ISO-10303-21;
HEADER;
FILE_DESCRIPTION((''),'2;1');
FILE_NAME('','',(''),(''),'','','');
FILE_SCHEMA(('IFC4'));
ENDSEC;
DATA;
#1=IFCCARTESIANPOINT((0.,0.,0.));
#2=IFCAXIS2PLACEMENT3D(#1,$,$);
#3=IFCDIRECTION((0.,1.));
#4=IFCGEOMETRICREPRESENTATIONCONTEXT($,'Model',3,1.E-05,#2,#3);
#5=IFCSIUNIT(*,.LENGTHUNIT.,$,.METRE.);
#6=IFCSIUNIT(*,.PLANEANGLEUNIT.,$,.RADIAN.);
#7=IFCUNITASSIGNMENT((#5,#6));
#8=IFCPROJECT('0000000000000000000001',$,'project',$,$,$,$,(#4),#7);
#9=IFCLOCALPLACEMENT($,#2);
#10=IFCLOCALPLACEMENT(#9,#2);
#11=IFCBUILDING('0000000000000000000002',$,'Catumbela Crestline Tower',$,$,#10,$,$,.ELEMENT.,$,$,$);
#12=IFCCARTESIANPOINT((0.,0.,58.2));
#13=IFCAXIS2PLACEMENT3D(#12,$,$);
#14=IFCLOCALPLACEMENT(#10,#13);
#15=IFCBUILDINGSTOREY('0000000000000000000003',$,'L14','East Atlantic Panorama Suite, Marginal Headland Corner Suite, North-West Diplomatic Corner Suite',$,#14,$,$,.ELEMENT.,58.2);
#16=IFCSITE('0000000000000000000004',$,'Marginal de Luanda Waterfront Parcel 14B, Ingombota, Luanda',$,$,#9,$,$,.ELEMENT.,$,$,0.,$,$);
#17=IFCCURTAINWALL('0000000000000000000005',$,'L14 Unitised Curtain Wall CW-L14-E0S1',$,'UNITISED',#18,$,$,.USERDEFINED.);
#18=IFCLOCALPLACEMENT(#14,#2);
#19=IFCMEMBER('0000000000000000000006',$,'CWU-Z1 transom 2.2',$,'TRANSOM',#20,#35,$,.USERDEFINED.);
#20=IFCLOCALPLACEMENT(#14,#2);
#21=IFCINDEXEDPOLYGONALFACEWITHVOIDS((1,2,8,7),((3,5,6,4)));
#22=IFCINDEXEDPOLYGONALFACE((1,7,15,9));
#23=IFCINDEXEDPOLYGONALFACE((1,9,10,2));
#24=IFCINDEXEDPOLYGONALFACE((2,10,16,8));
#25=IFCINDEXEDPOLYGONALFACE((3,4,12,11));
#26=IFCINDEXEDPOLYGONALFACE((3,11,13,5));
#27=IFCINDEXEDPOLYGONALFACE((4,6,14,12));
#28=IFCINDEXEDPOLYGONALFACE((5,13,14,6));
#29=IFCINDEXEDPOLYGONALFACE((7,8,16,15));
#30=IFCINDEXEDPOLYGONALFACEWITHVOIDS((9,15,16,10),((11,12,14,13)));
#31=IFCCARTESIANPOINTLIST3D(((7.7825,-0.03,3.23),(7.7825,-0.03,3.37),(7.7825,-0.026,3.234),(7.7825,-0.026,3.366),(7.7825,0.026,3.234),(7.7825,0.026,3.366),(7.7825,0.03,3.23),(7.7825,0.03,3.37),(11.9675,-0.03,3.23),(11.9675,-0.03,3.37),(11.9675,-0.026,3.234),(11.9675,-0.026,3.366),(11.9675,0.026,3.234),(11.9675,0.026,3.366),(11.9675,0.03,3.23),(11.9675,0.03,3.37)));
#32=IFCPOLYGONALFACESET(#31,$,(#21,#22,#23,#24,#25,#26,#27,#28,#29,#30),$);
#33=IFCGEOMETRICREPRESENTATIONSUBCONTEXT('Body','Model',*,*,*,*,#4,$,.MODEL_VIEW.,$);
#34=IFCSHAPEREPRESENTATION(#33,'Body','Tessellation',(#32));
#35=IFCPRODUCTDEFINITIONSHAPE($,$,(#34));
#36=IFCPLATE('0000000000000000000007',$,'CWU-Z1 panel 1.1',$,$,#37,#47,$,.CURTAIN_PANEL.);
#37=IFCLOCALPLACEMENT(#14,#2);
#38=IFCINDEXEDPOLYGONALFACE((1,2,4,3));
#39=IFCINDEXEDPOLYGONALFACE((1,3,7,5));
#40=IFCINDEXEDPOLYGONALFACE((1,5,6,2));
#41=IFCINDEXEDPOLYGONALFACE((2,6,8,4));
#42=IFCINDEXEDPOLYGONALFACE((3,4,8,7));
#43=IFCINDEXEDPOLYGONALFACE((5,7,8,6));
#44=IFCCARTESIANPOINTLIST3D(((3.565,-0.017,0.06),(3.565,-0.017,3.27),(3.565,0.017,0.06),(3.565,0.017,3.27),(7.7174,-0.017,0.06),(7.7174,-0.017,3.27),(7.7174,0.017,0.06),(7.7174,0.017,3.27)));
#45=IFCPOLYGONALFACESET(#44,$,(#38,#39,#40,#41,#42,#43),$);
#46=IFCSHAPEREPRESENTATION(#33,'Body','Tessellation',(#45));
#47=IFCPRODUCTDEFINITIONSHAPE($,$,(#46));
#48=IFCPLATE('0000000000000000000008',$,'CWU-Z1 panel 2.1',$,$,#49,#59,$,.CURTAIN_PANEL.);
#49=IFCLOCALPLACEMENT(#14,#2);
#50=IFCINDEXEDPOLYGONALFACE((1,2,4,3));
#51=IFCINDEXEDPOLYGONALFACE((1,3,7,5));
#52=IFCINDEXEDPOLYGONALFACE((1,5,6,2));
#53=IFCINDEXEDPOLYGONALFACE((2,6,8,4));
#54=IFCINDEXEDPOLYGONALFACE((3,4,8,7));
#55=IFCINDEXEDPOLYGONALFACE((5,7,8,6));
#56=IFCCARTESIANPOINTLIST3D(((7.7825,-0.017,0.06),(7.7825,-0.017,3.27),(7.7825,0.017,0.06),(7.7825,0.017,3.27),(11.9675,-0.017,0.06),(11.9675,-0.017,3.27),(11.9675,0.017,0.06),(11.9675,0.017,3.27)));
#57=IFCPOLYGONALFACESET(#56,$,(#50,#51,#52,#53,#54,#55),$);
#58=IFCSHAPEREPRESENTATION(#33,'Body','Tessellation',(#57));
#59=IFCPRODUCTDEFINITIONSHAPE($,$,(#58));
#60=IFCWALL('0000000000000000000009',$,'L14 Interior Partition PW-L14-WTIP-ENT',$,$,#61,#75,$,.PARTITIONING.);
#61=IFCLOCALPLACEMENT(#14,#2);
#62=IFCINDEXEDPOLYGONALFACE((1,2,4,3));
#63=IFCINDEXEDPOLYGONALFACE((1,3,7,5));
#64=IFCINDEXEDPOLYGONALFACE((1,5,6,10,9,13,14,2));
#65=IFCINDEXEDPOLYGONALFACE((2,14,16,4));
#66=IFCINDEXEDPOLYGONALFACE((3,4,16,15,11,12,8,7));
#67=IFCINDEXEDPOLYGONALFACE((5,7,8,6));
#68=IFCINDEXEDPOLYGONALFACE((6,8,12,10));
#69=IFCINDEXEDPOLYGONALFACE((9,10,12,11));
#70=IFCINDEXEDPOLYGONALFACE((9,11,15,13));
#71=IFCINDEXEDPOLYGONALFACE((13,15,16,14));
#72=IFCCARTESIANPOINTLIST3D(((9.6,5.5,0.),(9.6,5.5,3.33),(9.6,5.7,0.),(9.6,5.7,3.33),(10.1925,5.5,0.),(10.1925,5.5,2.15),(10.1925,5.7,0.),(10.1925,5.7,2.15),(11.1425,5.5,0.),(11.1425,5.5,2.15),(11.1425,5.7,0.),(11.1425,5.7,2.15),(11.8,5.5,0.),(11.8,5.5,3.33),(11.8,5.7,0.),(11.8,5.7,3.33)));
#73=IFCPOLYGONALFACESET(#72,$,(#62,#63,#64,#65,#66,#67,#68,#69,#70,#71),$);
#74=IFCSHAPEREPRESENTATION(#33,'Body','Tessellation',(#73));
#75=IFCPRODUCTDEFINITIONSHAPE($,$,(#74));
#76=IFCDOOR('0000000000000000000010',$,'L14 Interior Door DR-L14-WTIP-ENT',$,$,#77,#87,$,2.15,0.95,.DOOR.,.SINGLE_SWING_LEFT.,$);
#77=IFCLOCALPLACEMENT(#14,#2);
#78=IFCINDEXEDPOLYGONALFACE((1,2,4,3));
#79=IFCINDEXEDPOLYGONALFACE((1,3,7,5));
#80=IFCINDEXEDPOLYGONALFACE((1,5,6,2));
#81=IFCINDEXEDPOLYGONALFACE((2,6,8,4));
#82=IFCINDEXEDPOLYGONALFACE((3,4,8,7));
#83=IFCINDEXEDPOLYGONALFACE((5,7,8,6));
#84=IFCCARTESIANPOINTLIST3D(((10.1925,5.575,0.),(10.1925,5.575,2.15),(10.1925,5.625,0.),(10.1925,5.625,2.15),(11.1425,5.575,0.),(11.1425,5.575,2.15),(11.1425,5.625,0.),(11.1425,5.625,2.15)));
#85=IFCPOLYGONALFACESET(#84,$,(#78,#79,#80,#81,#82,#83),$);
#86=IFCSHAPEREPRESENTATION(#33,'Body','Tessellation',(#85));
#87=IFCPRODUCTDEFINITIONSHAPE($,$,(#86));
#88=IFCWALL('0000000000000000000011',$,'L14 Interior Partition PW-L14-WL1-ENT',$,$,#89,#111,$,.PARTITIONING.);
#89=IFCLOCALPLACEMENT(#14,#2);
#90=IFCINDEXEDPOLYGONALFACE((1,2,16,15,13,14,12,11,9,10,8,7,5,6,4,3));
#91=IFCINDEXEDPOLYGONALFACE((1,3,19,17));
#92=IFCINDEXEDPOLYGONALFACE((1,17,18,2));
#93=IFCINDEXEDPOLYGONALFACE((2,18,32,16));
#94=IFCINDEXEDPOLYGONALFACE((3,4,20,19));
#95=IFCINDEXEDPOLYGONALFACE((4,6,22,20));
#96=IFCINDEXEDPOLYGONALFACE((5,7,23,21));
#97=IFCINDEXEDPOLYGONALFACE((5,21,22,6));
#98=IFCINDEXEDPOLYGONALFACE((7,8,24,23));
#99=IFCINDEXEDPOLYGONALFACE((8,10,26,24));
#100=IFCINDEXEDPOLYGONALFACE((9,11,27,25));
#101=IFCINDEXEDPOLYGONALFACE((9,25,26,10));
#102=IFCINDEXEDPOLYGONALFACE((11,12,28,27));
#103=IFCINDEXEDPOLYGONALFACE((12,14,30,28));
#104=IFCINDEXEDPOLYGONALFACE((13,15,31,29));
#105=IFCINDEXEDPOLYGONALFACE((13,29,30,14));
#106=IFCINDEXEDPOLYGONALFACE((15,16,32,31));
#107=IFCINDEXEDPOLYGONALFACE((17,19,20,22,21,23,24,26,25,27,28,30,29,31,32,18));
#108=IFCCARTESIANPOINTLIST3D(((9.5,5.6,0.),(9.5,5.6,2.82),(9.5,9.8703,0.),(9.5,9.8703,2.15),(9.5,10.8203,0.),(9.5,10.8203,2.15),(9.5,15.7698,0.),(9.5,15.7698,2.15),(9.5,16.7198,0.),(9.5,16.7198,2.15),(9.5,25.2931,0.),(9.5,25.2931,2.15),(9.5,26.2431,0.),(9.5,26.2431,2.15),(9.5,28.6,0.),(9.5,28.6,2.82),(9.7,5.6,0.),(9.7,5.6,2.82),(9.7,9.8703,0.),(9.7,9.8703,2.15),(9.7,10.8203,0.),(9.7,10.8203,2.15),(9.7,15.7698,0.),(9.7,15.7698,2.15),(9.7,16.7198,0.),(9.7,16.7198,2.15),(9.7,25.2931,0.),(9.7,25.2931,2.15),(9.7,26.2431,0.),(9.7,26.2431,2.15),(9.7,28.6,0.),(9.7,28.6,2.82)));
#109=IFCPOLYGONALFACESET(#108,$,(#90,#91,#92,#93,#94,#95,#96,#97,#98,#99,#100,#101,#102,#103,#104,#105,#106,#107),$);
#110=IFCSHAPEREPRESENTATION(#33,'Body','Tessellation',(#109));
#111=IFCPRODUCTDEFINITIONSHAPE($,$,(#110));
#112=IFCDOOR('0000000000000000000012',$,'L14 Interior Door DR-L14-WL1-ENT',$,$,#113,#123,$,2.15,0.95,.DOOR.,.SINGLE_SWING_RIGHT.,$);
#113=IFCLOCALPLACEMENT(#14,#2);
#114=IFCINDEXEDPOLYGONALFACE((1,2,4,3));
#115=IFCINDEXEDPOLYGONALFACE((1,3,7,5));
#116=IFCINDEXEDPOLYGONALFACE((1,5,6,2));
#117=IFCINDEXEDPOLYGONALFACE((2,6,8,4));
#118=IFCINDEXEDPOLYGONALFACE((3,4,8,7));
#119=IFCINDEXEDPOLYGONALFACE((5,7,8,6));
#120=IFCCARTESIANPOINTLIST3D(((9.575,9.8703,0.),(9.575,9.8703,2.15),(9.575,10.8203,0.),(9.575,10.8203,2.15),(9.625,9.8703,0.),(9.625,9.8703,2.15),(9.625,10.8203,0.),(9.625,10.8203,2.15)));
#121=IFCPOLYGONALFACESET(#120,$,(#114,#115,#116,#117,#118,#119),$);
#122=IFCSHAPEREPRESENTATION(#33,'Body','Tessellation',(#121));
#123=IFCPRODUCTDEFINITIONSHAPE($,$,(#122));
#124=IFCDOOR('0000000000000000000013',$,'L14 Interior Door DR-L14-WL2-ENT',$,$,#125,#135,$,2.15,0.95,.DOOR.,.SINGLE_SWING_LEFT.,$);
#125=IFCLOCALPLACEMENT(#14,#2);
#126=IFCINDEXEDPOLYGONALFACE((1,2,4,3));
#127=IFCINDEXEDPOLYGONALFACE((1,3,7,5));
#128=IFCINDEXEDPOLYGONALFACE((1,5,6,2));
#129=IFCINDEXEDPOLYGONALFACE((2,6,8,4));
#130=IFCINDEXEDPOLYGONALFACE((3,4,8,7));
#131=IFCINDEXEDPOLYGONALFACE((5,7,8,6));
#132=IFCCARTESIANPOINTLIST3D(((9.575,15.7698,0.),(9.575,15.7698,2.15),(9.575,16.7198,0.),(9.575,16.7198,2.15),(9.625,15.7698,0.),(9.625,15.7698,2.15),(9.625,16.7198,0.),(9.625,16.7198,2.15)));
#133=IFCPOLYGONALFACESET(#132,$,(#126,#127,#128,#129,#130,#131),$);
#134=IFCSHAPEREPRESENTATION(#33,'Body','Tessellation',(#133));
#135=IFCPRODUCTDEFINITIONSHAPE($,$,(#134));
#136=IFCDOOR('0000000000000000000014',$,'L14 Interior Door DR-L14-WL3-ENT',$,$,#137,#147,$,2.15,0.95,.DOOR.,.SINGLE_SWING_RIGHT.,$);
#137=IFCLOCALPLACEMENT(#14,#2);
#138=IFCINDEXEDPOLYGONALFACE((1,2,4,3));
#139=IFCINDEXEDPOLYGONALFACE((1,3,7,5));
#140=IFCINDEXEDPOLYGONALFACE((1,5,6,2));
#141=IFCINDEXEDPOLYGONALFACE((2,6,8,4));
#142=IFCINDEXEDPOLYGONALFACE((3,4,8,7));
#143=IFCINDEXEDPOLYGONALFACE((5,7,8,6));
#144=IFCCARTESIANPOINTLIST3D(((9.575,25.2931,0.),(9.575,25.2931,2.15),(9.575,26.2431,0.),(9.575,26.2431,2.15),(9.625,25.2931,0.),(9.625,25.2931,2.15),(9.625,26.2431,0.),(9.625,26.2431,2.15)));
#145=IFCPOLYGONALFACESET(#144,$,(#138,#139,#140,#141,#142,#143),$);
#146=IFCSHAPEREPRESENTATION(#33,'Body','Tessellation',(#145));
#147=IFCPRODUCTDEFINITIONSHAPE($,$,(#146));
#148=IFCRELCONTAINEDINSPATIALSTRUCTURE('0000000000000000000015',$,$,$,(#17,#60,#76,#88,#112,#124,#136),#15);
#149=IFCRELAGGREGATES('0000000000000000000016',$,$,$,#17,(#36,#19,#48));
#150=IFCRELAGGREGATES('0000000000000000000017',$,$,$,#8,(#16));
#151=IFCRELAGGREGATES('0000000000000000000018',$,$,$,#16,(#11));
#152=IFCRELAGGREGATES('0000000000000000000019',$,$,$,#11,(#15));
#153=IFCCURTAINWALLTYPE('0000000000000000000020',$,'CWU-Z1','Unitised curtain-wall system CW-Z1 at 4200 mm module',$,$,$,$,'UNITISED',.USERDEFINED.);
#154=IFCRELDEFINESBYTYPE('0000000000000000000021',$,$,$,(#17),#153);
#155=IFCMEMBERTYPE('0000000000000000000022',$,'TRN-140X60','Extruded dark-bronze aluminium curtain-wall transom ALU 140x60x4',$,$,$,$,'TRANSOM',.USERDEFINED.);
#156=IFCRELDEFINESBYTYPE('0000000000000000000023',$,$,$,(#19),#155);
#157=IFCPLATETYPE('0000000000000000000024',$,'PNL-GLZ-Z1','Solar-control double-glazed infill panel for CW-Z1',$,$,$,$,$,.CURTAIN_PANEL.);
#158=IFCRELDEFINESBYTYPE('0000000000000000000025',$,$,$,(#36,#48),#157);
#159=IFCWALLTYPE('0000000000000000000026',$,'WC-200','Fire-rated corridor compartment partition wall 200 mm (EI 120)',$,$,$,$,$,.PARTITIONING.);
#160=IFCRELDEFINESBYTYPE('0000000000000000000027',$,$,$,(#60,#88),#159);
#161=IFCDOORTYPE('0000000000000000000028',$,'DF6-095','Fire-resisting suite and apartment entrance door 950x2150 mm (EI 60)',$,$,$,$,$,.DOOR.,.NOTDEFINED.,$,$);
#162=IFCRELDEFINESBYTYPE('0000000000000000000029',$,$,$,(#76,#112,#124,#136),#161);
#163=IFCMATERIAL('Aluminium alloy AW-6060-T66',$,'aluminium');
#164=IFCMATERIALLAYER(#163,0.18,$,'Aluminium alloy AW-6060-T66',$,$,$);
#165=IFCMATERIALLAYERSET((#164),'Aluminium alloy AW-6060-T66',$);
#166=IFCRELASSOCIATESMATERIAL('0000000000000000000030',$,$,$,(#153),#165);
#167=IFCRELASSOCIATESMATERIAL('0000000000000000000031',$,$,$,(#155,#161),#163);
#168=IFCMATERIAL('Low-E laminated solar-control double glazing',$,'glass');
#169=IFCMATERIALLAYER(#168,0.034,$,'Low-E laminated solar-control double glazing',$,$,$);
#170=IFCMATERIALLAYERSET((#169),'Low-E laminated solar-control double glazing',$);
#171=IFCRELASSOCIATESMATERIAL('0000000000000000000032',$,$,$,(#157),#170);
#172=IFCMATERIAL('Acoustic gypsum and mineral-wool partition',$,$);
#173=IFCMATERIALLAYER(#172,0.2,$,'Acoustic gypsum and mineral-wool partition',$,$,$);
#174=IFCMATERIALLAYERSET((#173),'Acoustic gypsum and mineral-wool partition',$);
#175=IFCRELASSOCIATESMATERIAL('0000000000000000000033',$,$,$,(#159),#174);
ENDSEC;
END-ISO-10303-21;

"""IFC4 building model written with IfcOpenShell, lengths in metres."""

from ifc_helpers import new_model, si_unit, direction, frame, frame_2d, origin, origin_2d, place, context, subcontext, project, spatial, rectangle, hollow_rectangle, extrude, material, layer, layer_set, material_profile, profile_set, type_object, element, fill, aggregate, save


model = new_model("IFC4")

# Units and contexts
model_context = context("Model", 3, precision=1e-05, world=origin(), true_north=direction((0.0, 1.0)))
body_context = subcontext(model_context, "Body", "Model", "MODEL_VIEW")
ifc_project = project(units=[si_unit("LENGTHUNIT", "METRE"), si_unit("PLANEANGLEUNIT", "RADIAN")], contexts=[model_context])

# Site, building, storey
site_placement = place(None, origin())
site = spatial("IfcSite", under=ifc_project, at=site_placement, Name="Marginal de Luanda Waterfront Parcel 14B, Ingombota, Luanda", CompositionType="ELEMENT", RefElevation=0.0)
building_placement = place(site_placement, origin())
building = spatial("IfcBuilding", under=site, at=building_placement, Name="Catumbela Crestline Tower", CompositionType="ELEMENT")
storey_placement = place(building_placement, frame((0.0, 0.0, 58.2)))
storey = spatial("IfcBuildingStorey", under=building, at=storey_placement, Name="L14", Description="East Atlantic Panorama Suite, Marginal Headland Corner Suite, North-West Diplomatic Corner Suite", CompositionType="ELEMENT", Elevation=58.2)

# Curtain wall, member, plates
ifc_material_1 = material(Name="Aluminium alloy AW-6060-T66", Category="aluminium")
ifc_layer_1 = layer(ifc_material_1, 0.18, Name="Aluminium alloy AW-6060-T66")
ifc_layer_set_1 = layer_set([ifc_layer_1], Name="Aluminium alloy AW-6060-T66")
curtain_wall_type = type_object("IfcCurtainWallType", Name="CWU-Z1", Description="Unitised curtain-wall system CW-Z1 at 4200 mm module", ElementType="UNITISED", PredefinedType="USERDEFINED", material=ifc_layer_set_1)
curtain_wall_placement = place(storey_placement, origin())
curtain_wall = element("IfcCurtainWall", 1, at=curtain_wall_placement, inside=storey, type_object=curtain_wall_type, Name="L14 Unitised Curtain Wall CW-L14-E0S1", ObjectType="UNITISED", PredefinedType="USERDEFINED")
ifc_material_profile_1 = material_profile(ifc_material_1, hollow_rectangle(XDim=0.06, YDim=0.14, WallThickness=0.004, at=origin_2d()), Name="ALU 140x60x4")
ifc_profile_set_1 = profile_set([ifc_material_profile_1], Name="Aluminium alloy AW-6060-T66")
member_type_1 = type_object("IfcMemberType", Name="TRN-140X60", Description="Extruded dark-bronze aluminium curtain-wall transom ALU 140x60x4", ElementType="TRANSOM", PredefinedType="USERDEFINED", material=ifc_profile_set_1)
member_1_placement = place(storey_placement, frame((7.7825, 0.0, 3.3), z_axis=(1.0, 0.0, 0.0), x_axis=(0.0, 1.0, 0.0)))
member_1 = element("IfcMember", 2, at=member_1_placement, type_object=member_type_1, Name="CWU-Z1 transom 2.2", ObjectType="TRANSOM", PredefinedType="USERDEFINED", context=body_context, shape_type="SweptSolid", body=[
    extrude(hollow_rectangle(XDim=0.06, YDim=0.14, WallThickness=0.004, at=origin_2d()), origin(), (0.0, 0.0, 1.0), 4.185),
])
ifc_material_2 = material(Name="Low-E laminated solar-control double glazing", Category="glass")
ifc_layer_2 = layer(ifc_material_2, 0.034, Name="Low-E laminated solar-control double glazing")
ifc_layer_set_2 = layer_set([ifc_layer_2], Name="Low-E laminated solar-control double glazing")
plate_type = type_object("IfcPlateType", Name="PNL-GLZ-Z1", Description="Solar-control double-glazed infill panel for CW-Z1", PredefinedType="CURTAIN_PANEL", material=ifc_layer_set_2)
plate_1_placement = place(storey_placement, frame((5.6412, 0.0, 0.06), z_axis=(0.0, 0.0, 1.0), x_axis=(1.0, 0.0, 0.0)))
plate_1 = element("IfcPlate", 3, at=plate_1_placement, type_object=plate_type, Name="CWU-Z1 panel 1.1", PredefinedType="CURTAIN_PANEL", context=body_context, shape_type="SweptSolid", body=[
    extrude(rectangle(XDim=4.1525, YDim=0.034, at=origin_2d()), origin(), (0.0, 0.0, 1.0), 3.21),
])
plate_2_placement = place(storey_placement, frame((9.875, 0.0, 0.06), z_axis=(0.0, 0.0, 1.0), x_axis=(1.0, 0.0, 0.0)))
plate_2 = element("IfcPlate", 4, at=plate_2_placement, type_object=plate_type, Name="CWU-Z1 panel 2.1", PredefinedType="CURTAIN_PANEL", context=body_context, shape_type="SweptSolid", body=[
    extrude(rectangle(XDim=4.185, YDim=0.034, at=origin_2d()), origin(), (0.0, 0.0, 1.0), 3.21),
])
aggregate(curtain_wall, [plate_1, member_1, plate_2])

# Wall, opening, door
ifc_material_3 = material(Name="Acoustic gypsum and mineral-wool partition")
ifc_layer_3 = layer(ifc_material_3, 0.2, Name="Acoustic gypsum and mineral-wool partition")
ifc_layer_set_3 = layer_set([ifc_layer_3], Name="Acoustic gypsum and mineral-wool partition")
wall_type_1 = type_object("IfcWallType", Name="WC-200", Description="Fire-rated corridor compartment partition wall 200 mm (EI 120)", PredefinedType="PARTITIONING", material=ifc_layer_set_3)
wall_1_placement = place(storey_placement, frame((9.6, 5.6, 0.0), z_axis=(0.0, 0.0, 1.0), x_axis=(1.0, 0.0, 0.0)))
wall_1 = element("IfcWall", 5, at=wall_1_placement, inside=storey, type_object=wall_type_1, Name="L14 Interior Partition PW-L14-WTIP-ENT", PredefinedType="PARTITIONING", context=body_context, shape_type="SweptSolid", body=[
    extrude(rectangle(XDim=2.2, YDim=0.2, at=frame_2d((1.1, 0.0))), origin(), (0.0, 0.0, 1.0), 3.33),
])
opening_1_placement = place(wall_1_placement, frame((0.5925, 0.0, 0.0)))
opening_1 = element("IfcOpeningElement", 6, at=opening_1_placement, cuts=wall_1, PredefinedType="OPENING", context=body_context, shape_type="SweptSolid", body=[
    extrude(rectangle(XDim=0.95, YDim=2.15, at=frame_2d((0.475, 1.075))), frame((0.0, 0.11, 0.0), z_axis=(0.0, -1.0, 0.0), x_axis=(1.0, 0.0, 0.0)), (0.0, 0.0, 1.0), 0.22),
])
door_type = type_object("IfcDoorType", Name="DF6-095", Description="Fire-resisting suite and apartment entrance door 950x2150 mm (EI 60)", OperationType="NOTDEFINED", PredefinedType="DOOR", material=ifc_material_1)
door_1_placement = place(opening_1_placement, origin())
door_1 = element("IfcDoor", 7, at=door_1_placement, inside=storey, type_object=door_type, Name="L14 Interior Door DR-L14-WTIP-ENT", OperationType="SINGLE_SWING_LEFT", OverallHeight=2.15, OverallWidth=0.95, PredefinedType="DOOR", context=body_context, shape_type="SweptSolid", body=[
    extrude(rectangle(XDim=0.95, YDim=2.15, at=frame_2d((0.475, 1.075))), frame((0.0, 0.025, 0.0), z_axis=(0.0, -1.0, 0.0), x_axis=(1.0, 0.0, 0.0)), (0.0, 0.0, 1.0), 0.05),
])
fill(opening_1, door_1)

# Wall, openings, doors
wall_2_placement = place(storey_placement, frame((9.6, 5.6, 0.0), z_axis=(0.0, 0.0, 1.0), x_axis=(0.0, 1.0, 0.0)))
wall_2 = element("IfcWall", 8, at=wall_2_placement, inside=storey, type_object=wall_type_1, Name="L14 Interior Partition PW-L14-WL1-ENT", PredefinedType="PARTITIONING", context=body_context, shape_type="SweptSolid", body=[
    extrude(rectangle(XDim=23.0, YDim=0.2, at=frame_2d((11.5, 0.0))), origin(), (0.0, 0.0, 1.0), 2.82),
])
opening_2_placement = place(wall_2_placement, frame((4.2703, 0.0, 0.0)))
opening_2 = element("IfcOpeningElement", 9, at=opening_2_placement, cuts=wall_2, PredefinedType="OPENING", context=body_context, shape_type="SweptSolid", body=[
    extrude(rectangle(XDim=0.95, YDim=2.15, at=frame_2d((0.475, 1.075))), frame((0.0, 0.11, 0.0), z_axis=(0.0, -1.0, 0.0), x_axis=(1.0, 0.0, 0.0)), (0.0, 0.0, 1.0), 0.22),
])
opening_3_placement = place(wall_2_placement, frame((10.1698, 0.0, 0.0)))
opening_3 = element("IfcOpeningElement", 10, at=opening_3_placement, cuts=wall_2, PredefinedType="OPENING", context=body_context, shape_type="SweptSolid", body=[
    extrude(rectangle(XDim=0.95, YDim=2.15, at=frame_2d((0.475, 1.075))), frame((0.0, 0.11, 0.0), z_axis=(0.0, -1.0, 0.0), x_axis=(1.0, 0.0, 0.0)), (0.0, 0.0, 1.0), 0.22),
])
opening_4_placement = place(wall_2_placement, frame((19.6931, 0.0, 0.0)))
opening_4 = element("IfcOpeningElement", 11, at=opening_4_placement, cuts=wall_2, PredefinedType="OPENING", context=body_context, shape_type="SweptSolid", body=[
    extrude(rectangle(XDim=0.95, YDim=2.15, at=frame_2d((0.475, 1.075))), frame((0.0, 0.11, 0.0), z_axis=(0.0, -1.0, 0.0), x_axis=(1.0, 0.0, 0.0)), (0.0, 0.0, 1.0), 0.22),
])
door_2_placement = place(opening_2_placement, origin())
door_2 = element("IfcDoor", 12, at=door_2_placement, inside=storey, type_object=door_type, Name="L14 Interior Door DR-L14-WL1-ENT", OperationType="SINGLE_SWING_RIGHT", OverallHeight=2.15, OverallWidth=0.95, PredefinedType="DOOR", context=body_context, shape_type="SweptSolid", body=[
    extrude(rectangle(XDim=0.95, YDim=2.15, at=frame_2d((0.475, 1.075))), frame((0.0, 0.025, 0.0), z_axis=(0.0, -1.0, 0.0), x_axis=(1.0, 0.0, 0.0)), (0.0, 0.0, 1.0), 0.05),
])
fill(opening_2, door_2)
door_3_placement = place(opening_3_placement, origin())
door_3 = element("IfcDoor", 13, at=door_3_placement, inside=storey, type_object=door_type, Name="L14 Interior Door DR-L14-WL2-ENT", OperationType="SINGLE_SWING_LEFT", OverallHeight=2.15, OverallWidth=0.95, PredefinedType="DOOR", context=body_context, shape_type="SweptSolid", body=[
    extrude(rectangle(XDim=0.95, YDim=2.15, at=frame_2d((0.475, 1.075))), frame((0.0, 0.025, 0.0), z_axis=(0.0, -1.0, 0.0), x_axis=(1.0, 0.0, 0.0)), (0.0, 0.0, 1.0), 0.05),
])
fill(opening_3, door_3)
door_4_placement = place(opening_4_placement, origin())
door_4 = element("IfcDoor", 14, at=door_4_placement, inside=storey, type_object=door_type, Name="L14 Interior Door DR-L14-WL3-ENT", OperationType="SINGLE_SWING_RIGHT", OverallHeight=2.15, OverallWidth=0.95, PredefinedType="DOOR", context=body_context, shape_type="SweptSolid", body=[
    extrude(rectangle(XDim=0.95, YDim=2.15, at=frame_2d((0.475, 1.075))), frame((0.0, 0.025, 0.0), z_axis=(0.0, -1.0, 0.0), x_axis=(1.0, 0.0, 0.0)), (0.0, 0.0, 1.0), 0.05),
])
fill(opening_4, door_4)

save(model, "model.ifc")
